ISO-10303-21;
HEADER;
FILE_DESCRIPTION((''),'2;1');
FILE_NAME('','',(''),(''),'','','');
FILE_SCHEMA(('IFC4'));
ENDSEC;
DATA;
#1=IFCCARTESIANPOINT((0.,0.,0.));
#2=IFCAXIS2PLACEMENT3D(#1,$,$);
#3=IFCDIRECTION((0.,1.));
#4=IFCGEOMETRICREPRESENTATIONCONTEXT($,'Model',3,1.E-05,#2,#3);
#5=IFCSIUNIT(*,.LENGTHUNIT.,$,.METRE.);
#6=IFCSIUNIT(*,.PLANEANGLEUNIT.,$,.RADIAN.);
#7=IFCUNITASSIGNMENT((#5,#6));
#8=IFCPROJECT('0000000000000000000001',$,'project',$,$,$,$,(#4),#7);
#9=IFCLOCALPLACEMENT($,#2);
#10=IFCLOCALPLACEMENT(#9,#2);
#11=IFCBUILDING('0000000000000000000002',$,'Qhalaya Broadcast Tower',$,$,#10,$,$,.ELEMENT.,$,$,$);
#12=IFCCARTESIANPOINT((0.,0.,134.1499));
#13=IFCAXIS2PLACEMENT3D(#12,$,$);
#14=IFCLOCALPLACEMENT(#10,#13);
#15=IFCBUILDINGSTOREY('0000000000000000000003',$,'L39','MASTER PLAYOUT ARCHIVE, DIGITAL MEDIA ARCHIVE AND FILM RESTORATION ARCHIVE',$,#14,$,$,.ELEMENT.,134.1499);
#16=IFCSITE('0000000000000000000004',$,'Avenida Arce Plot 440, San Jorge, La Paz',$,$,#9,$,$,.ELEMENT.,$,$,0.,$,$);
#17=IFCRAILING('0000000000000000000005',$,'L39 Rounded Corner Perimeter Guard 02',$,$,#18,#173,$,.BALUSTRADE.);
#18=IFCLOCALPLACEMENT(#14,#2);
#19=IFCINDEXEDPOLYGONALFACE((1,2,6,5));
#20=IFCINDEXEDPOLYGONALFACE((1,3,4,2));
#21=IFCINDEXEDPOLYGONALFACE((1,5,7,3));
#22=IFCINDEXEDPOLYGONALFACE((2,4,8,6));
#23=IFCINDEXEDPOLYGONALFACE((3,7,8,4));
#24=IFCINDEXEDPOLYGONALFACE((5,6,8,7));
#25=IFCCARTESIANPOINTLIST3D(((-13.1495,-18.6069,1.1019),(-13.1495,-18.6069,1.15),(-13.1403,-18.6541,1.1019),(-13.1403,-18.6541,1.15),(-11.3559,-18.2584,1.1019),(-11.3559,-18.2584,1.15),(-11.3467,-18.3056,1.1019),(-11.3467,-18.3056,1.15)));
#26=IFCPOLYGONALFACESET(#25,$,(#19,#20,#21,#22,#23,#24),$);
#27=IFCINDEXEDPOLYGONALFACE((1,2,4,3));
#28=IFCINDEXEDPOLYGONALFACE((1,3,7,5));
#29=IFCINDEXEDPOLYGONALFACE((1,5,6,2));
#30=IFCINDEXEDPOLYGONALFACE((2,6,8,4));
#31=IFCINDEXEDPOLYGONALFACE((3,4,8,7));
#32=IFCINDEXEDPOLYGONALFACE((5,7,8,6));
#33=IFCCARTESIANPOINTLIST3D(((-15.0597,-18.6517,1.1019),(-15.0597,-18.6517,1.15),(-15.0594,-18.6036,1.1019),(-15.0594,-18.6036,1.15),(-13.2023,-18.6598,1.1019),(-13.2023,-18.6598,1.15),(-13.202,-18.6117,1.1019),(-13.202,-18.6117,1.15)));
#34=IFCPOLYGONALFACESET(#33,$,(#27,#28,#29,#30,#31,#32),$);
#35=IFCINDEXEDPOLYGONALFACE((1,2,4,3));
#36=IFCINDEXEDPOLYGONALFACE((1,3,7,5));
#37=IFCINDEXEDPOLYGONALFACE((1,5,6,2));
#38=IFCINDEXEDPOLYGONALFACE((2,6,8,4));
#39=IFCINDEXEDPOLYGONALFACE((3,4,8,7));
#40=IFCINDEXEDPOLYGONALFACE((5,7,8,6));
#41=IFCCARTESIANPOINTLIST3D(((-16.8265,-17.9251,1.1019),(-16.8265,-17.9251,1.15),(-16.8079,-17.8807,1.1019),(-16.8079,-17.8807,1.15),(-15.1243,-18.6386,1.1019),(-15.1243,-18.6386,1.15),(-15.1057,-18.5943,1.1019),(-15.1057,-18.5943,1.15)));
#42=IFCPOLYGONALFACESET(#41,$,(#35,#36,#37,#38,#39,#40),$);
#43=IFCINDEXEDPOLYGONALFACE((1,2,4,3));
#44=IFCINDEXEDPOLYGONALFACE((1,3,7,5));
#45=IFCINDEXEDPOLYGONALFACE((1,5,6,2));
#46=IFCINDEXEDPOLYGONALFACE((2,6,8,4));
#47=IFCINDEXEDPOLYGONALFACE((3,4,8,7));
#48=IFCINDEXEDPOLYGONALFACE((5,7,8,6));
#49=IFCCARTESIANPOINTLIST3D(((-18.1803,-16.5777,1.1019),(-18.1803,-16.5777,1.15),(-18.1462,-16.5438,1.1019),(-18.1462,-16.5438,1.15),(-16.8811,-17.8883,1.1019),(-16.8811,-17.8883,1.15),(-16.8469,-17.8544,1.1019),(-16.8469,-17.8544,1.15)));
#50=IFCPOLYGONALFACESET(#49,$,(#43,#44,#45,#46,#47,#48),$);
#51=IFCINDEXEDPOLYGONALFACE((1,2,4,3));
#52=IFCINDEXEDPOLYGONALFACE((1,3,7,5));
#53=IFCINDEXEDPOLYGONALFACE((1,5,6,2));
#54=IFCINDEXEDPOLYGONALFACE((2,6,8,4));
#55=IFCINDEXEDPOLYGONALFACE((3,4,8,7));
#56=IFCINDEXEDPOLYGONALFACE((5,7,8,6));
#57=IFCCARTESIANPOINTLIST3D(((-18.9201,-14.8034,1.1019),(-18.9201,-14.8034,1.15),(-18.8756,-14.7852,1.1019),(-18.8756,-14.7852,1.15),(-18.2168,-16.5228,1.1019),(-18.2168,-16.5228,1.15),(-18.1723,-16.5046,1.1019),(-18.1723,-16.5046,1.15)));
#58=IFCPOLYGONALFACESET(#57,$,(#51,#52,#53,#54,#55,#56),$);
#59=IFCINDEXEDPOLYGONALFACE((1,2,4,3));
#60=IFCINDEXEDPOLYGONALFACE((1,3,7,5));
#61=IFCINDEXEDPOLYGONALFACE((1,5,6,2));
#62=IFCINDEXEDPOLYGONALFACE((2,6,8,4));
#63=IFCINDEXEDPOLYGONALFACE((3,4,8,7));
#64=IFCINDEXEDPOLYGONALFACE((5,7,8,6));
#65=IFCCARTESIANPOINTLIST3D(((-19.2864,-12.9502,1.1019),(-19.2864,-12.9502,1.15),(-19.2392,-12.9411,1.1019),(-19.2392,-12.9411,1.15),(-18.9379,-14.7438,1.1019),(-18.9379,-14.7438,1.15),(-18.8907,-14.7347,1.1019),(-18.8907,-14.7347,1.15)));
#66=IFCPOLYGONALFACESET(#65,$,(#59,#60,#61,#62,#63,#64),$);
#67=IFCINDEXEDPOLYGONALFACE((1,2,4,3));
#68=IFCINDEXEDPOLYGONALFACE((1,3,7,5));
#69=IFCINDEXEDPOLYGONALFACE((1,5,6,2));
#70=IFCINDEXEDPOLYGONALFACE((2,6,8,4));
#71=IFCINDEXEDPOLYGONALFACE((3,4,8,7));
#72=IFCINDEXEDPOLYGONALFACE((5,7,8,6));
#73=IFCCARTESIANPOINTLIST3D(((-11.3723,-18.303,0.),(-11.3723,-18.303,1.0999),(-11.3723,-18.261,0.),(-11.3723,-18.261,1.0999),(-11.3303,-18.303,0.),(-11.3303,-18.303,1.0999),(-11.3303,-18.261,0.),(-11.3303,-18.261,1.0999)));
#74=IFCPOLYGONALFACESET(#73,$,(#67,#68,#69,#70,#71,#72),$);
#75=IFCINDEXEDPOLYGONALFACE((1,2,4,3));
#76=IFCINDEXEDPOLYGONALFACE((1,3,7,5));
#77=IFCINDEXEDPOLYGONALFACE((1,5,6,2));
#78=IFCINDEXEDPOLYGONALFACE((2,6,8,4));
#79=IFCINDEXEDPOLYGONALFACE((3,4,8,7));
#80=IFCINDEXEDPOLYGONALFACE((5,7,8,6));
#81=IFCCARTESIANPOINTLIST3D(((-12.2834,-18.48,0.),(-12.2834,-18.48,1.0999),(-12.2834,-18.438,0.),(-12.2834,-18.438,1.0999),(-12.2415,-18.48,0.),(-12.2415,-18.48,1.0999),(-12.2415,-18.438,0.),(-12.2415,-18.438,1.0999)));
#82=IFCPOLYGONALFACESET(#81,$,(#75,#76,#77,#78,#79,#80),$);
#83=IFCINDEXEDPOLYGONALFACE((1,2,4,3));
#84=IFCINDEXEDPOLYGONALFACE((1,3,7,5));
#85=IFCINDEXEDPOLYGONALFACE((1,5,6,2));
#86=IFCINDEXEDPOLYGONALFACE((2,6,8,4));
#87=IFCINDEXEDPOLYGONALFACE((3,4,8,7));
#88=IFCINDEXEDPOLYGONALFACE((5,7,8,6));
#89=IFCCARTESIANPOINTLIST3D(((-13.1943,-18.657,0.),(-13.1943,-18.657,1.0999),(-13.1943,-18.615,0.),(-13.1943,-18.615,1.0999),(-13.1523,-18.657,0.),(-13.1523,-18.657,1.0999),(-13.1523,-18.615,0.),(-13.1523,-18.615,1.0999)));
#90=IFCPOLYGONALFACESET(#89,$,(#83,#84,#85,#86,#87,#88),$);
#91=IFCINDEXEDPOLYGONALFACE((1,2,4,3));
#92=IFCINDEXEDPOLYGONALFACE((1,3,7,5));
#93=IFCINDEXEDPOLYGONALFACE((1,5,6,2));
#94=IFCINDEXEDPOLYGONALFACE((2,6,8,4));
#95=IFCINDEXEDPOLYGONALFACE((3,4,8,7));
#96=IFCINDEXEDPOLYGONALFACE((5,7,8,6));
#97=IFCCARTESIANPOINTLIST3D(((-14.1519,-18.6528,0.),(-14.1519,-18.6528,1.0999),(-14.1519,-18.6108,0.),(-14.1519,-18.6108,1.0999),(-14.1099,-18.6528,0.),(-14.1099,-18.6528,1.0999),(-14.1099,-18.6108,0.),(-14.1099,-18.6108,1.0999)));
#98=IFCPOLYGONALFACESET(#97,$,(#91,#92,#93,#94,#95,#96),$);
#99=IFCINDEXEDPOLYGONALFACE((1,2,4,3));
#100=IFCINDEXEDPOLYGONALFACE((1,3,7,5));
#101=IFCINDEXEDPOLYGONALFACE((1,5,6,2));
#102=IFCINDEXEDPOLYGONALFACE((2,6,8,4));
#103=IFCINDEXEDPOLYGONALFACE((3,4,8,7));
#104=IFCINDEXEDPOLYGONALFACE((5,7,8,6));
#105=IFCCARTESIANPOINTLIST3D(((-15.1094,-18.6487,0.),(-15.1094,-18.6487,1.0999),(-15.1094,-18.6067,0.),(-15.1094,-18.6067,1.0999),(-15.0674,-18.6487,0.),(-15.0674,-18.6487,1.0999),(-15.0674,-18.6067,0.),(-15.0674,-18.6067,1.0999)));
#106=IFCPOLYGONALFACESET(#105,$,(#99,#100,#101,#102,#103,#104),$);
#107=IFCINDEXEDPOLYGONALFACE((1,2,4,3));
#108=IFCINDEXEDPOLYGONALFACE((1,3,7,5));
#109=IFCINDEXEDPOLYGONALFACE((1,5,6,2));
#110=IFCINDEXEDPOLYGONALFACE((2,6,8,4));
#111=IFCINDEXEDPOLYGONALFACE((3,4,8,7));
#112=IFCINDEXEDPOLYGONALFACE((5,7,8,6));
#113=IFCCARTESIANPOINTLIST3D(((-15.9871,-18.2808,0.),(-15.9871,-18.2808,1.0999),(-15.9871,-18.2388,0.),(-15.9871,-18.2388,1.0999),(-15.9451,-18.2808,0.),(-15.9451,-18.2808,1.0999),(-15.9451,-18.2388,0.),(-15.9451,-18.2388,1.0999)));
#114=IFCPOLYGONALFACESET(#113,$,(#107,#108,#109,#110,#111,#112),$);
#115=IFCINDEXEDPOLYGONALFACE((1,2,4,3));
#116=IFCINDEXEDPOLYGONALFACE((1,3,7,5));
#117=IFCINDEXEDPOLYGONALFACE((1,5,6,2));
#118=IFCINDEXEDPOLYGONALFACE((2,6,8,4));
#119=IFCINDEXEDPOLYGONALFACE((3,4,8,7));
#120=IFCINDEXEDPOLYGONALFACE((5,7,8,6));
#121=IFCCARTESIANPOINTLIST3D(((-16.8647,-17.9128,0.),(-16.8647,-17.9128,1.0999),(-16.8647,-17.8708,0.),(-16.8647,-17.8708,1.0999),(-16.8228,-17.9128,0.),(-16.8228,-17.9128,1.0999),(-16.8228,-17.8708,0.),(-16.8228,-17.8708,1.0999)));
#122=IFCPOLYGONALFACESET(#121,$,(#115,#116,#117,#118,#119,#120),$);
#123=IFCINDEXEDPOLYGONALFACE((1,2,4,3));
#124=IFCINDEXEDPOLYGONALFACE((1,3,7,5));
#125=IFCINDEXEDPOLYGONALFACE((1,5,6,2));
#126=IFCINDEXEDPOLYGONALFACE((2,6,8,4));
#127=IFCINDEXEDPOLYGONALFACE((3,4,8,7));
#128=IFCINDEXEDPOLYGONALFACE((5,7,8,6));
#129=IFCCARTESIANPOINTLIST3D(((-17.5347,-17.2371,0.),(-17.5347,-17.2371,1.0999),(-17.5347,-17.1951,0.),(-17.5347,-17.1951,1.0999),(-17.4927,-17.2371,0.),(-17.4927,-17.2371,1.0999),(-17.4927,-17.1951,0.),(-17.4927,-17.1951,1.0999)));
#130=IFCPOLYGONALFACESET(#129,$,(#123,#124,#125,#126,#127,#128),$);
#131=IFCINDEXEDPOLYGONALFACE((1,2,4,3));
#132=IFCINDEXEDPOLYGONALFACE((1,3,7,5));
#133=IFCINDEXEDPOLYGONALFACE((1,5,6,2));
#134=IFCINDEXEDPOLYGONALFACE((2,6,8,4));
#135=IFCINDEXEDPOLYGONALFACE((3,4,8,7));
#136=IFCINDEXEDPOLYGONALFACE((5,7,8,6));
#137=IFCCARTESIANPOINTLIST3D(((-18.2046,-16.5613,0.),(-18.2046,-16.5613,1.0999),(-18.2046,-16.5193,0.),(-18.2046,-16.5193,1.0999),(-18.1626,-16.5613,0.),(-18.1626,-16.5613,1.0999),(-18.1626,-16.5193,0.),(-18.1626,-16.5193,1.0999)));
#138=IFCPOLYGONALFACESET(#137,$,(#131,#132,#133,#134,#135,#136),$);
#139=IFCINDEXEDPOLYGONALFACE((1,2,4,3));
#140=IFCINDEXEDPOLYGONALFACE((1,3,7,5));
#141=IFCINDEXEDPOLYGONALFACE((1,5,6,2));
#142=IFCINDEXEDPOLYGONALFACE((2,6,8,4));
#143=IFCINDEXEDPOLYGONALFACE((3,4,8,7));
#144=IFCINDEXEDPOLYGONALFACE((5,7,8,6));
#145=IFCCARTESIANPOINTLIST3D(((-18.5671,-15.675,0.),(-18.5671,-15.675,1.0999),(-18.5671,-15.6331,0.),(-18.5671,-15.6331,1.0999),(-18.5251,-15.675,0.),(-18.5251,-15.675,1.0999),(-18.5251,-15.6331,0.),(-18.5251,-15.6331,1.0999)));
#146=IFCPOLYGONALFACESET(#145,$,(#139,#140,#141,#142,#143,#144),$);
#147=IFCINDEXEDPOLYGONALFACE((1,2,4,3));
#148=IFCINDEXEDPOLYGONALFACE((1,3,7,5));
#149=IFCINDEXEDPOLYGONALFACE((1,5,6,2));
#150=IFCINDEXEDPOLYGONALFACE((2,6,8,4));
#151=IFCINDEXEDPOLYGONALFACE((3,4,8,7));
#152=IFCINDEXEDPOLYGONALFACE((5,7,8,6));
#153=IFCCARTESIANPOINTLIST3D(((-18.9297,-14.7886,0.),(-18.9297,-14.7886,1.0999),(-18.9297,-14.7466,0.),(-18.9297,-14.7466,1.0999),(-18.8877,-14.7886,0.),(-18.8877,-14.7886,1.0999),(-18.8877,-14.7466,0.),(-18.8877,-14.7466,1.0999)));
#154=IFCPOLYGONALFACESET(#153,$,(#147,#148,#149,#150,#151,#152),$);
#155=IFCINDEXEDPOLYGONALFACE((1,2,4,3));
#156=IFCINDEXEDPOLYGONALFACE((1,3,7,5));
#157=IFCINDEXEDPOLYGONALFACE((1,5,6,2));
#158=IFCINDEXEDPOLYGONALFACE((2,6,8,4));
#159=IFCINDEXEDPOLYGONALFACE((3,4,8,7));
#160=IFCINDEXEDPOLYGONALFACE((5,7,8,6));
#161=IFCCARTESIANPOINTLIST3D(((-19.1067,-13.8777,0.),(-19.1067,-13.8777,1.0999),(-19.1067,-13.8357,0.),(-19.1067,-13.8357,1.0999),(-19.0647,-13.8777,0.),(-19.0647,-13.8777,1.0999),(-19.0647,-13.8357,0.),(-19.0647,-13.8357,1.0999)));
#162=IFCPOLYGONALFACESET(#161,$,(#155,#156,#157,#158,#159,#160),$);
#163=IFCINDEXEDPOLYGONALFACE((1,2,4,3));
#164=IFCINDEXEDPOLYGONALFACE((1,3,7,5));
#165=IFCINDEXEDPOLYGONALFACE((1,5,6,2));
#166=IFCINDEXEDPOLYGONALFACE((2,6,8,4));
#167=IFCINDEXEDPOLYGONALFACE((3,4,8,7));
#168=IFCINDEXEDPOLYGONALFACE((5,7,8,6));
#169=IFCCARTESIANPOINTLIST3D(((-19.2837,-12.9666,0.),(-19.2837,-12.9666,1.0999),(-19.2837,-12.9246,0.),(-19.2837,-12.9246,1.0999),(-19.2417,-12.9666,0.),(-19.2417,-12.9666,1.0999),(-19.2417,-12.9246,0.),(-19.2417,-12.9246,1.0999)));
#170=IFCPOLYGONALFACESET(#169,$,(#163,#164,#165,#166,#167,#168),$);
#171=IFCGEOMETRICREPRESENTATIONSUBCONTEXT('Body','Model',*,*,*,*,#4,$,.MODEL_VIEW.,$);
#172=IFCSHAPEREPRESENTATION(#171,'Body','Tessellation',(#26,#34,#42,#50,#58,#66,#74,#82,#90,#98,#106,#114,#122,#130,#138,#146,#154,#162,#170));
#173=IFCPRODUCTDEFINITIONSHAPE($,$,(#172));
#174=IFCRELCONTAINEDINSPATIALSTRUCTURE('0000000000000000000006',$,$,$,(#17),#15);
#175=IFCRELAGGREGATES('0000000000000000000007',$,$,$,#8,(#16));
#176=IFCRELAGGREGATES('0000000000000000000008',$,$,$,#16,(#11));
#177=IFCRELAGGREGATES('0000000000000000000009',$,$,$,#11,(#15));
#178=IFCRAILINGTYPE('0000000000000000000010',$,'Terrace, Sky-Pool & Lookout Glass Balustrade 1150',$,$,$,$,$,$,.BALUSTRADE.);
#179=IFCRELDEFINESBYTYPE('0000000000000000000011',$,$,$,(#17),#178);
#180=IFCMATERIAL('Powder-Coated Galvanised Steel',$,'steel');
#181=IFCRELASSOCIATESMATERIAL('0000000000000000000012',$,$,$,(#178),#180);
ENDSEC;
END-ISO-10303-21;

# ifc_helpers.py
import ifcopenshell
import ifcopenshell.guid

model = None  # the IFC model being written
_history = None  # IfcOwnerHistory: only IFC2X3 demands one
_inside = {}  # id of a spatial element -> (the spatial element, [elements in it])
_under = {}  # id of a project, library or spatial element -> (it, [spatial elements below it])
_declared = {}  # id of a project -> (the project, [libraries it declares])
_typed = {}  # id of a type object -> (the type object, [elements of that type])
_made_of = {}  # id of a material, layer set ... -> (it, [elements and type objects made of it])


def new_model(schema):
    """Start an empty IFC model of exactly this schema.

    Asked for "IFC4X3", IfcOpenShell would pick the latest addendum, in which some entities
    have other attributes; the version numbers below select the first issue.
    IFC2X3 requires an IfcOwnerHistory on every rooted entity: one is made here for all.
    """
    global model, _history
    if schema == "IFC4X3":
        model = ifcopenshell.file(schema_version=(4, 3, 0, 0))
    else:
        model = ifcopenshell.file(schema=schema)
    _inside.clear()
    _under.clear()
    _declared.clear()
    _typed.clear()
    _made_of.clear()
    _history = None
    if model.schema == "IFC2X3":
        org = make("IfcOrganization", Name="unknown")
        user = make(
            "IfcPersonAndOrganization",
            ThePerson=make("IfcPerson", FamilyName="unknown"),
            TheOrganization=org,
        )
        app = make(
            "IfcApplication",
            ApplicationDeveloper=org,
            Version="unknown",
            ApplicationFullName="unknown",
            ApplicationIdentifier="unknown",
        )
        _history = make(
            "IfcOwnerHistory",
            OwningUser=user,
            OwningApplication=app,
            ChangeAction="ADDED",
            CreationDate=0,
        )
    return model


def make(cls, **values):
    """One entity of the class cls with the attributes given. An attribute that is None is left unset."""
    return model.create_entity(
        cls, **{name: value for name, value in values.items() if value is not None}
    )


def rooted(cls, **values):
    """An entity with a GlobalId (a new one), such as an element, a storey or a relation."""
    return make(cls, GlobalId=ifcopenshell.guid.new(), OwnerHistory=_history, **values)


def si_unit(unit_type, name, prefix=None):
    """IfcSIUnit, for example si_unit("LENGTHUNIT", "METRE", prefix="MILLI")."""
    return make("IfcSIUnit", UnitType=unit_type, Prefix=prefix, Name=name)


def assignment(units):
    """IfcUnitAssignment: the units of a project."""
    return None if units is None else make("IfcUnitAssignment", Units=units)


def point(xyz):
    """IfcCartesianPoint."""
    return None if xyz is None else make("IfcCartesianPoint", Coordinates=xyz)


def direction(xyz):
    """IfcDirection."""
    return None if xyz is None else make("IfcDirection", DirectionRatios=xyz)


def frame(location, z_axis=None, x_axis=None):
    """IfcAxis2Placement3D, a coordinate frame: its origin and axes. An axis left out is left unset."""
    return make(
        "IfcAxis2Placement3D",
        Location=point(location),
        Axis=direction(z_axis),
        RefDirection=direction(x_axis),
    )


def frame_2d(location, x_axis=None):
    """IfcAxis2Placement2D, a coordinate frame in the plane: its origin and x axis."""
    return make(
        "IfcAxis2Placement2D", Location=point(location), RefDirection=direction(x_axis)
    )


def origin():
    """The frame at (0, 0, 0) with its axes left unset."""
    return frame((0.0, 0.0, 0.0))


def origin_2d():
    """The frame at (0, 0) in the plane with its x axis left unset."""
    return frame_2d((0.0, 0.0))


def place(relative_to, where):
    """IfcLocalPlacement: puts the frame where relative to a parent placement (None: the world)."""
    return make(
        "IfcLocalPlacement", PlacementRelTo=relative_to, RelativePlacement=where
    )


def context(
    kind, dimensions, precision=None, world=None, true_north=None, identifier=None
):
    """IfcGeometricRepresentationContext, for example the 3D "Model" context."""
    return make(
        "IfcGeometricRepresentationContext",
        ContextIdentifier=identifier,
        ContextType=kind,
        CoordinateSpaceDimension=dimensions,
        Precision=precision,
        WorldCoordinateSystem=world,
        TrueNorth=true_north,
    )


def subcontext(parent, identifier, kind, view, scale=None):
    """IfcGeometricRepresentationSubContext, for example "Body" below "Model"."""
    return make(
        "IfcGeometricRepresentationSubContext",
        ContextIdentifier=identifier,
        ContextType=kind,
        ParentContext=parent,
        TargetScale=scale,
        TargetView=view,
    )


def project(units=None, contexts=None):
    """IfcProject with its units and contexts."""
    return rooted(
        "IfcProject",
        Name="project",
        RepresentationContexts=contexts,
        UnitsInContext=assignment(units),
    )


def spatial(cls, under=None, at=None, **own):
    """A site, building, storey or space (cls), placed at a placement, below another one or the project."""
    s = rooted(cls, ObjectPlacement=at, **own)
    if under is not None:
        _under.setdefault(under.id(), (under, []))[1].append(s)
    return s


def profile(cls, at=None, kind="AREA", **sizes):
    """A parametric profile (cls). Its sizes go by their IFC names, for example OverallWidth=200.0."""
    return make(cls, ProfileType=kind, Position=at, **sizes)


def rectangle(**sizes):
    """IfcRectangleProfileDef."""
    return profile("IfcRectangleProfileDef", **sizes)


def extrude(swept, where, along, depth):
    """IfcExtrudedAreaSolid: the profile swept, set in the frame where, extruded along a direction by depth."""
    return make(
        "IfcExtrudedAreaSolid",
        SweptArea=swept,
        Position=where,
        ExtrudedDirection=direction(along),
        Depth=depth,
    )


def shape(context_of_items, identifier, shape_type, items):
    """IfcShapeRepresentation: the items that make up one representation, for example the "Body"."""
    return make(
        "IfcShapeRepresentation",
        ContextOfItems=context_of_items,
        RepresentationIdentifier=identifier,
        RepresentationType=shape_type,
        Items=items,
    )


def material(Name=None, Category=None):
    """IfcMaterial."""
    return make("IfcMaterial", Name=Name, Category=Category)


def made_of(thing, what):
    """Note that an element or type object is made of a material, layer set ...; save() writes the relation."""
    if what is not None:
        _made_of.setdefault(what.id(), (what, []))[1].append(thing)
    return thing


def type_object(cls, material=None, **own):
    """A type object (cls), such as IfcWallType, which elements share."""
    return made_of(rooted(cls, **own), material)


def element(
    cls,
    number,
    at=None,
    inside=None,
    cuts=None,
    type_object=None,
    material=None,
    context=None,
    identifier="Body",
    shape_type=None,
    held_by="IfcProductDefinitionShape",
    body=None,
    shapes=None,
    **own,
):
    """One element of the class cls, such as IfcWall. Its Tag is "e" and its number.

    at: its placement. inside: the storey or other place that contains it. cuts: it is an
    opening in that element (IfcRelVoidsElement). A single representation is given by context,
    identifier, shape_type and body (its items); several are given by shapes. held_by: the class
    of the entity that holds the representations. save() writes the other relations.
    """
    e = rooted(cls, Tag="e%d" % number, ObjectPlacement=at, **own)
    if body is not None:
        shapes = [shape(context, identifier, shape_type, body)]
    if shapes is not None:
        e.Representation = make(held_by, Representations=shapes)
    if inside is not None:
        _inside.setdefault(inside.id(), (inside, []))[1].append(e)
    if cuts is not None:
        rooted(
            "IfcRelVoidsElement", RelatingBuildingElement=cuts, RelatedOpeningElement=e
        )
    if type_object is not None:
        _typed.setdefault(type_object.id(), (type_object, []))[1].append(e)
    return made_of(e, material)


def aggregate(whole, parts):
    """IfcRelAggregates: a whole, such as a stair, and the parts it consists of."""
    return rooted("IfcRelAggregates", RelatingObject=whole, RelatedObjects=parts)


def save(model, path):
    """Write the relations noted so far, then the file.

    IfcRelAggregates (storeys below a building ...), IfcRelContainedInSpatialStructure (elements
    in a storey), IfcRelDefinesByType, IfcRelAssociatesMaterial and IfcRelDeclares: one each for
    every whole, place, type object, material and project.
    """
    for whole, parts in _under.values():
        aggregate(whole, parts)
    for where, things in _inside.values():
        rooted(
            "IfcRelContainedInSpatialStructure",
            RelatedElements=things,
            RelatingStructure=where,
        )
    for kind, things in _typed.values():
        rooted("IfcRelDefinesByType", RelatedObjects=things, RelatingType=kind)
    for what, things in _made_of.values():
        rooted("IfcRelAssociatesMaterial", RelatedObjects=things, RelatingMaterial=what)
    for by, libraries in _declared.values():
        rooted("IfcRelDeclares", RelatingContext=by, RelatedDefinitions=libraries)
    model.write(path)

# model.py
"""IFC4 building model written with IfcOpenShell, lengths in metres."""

from ifc_helpers import new_model, si_unit, direction, frame, origin, origin_2d, place, context, subcontext, project, spatial, rectangle, extrude, material, type_object, element, save


model = new_model("IFC4")

# Units and contexts
model_context = context("Model", 3, precision=1e-05, world=origin(), true_north=direction((0.0, 1.0)))
body_context = subcontext(model_context, "Body", "Model", "MODEL_VIEW")
ifc_project = project(units=[si_unit("LENGTHUNIT", "METRE"), si_unit("PLANEANGLEUNIT", "RADIAN")], contexts=[model_context])

# Site, building, storey
site_placement = place(None, origin())
site = spatial("IfcSite", under=ifc_project, at=site_placement, Name="Avenida Arce Plot 440, San Jorge, La Paz", CompositionType="ELEMENT", RefElevation=0.0)
building_placement = place(site_placement, origin())
building = spatial("IfcBuilding", under=site, at=building_placement, Name="Qhalaya Broadcast Tower", CompositionType="ELEMENT")
storey_placement = place(building_placement, frame((0.0, 0.0, 134.1499)))
storey = spatial("IfcBuildingStorey", under=building, at=storey_placement, Name="L39", Description="MASTER PLAYOUT ARCHIVE, DIGITAL MEDIA ARCHIVE AND FILM RESTORATION ARCHIVE", CompositionType="ELEMENT", Elevation=134.1499)

# Railing
ifc_material_1 = material(Name="Powder-Coated Galvanised Steel", Category="steel")
railing_type = type_object("IfcRailingType", Name="Terrace, Sky-Pool & Lookout Glass Balustrade 1150", PredefinedType="BALUSTRADE", material=ifc_material_1)
railing_placement = place(storey_placement, frame((-11.3513, -18.282, 0.0)))
element("IfcRailing", 1, at=railing_placement, inside=storey, type_object=railing_type, Name="L39 Rounded Corner Perimeter Guard 02", PredefinedType="BALUSTRADE", context=body_context, shape_type="SweptSolid", body=[
    extrude(rectangle(XDim=0.0481, YDim=0.0481, at=origin_2d()), frame((0.0, 0.0, 1.126), z_axis=(-0.981643, -0.190725, 0.0), x_axis=(0.190725, -0.981643, 0.0)), (0.0, 0.0, 1.0), 1.8271),
    extrude(rectangle(XDim=0.0481, YDim=0.0481, at=origin_2d()), frame((-1.8508, -0.3538, 1.126), z_axis=(-0.999991, 0.004334, 0.0), x_axis=(-0.004334, -0.999991, 0.0)), (0.0, 0.0, 1.0), 1.8574),
    extrude(rectangle(XDim=0.0481, YDim=0.0481, at=origin_2d()), frame((-3.7637, -0.3345, 1.126), z_axis=(-0.922247, 0.3866, 0.0), x_axis=(-0.3866, -0.922247, 0.0)), (0.0, 0.0, 1.0), 1.8457),
    extrude(rectangle(XDim=0.0481, YDim=0.0481, at=origin_2d()), frame((-5.5127, 0.4106, 1.126), z_axis=(-0.704021, 0.710179, 0.0), x_axis=(-0.710179, -0.704021, 0.0)), (0.0, 0.0, 1.0), 1.8455),
    extrude(rectangle(XDim=0.0481, YDim=0.0481, at=origin_2d()), frame((-6.8433, 1.7683, 1.126), z_axis=(-0.378588, 0.925565, 0.0), x_axis=(-0.925565, -0.378588, 0.0)), (0.0, 0.0, 1.0), 1.8577),
    extrude(rectangle(XDim=0.0481, YDim=0.0481, at=origin_2d()), frame((-7.563, 3.5427, 1.126), z_axis=(-0.190725, 0.981643, 0.0), x_axis=(-0.981643, -0.190725, 0.0)), (0.0, 0.0, 1.0), 1.8271),
    extrude(rectangle(XDim=0.042, YDim=0.042, at=origin_2d()), origin(), (0.0, 0.0, 1.0), 1.0999),
    extrude(rectangle(XDim=0.042, YDim=0.042, at=origin_2d()), frame((-0.9111, -0.177, 0.0)), (0.0, 0.0, 1.0), 1.0999),
    extrude(rectangle(XDim=0.042, YDim=0.042, at=origin_2d()), frame((-1.822, -0.354, 0.0)), (0.0, 0.0, 1.0), 1.0999),
    extrude(rectangle(XDim=0.042, YDim=0.042, at=origin_2d()), frame((-2.7795, -0.3499, 0.0)), (0.0, 0.0, 1.0), 1.0999),
    extrude(rectangle(XDim=0.042, YDim=0.042, at=origin_2d()), frame((-3.7371, -0.3457, 0.0)), (0.0, 0.0, 1.0), 1.0999),
    extrude(rectangle(XDim=0.042, YDim=0.042, at=origin_2d()), frame((-4.6147, 0.0222, 0.0)), (0.0, 0.0, 1.0), 1.0999),
    extrude(rectangle(XDim=0.042, YDim=0.042, at=origin_2d()), frame((-5.4924, 0.3901, 0.0)), (0.0, 0.0, 1.0), 1.0999),
    extrude(rectangle(XDim=0.042, YDim=0.042, at=origin_2d()), frame((-6.1624, 1.0659, 0.0)), (0.0, 0.0, 1.0), 1.0999),
    extrude(rectangle(XDim=0.042, YDim=0.042, at=origin_2d()), frame((-6.8323, 1.7417, 0.0)), (0.0, 0.0, 1.0), 1.0999),
    extrude(rectangle(XDim=0.042, YDim=0.042, at=origin_2d()), frame((-7.1948, 2.6279, 0.0)), (0.0, 0.0, 1.0), 1.0999),
    extrude(rectangle(XDim=0.042, YDim=0.042, at=origin_2d()), frame((-7.5574, 3.5144, 0.0)), (0.0, 0.0, 1.0), 1.0999),
    extrude(rectangle(XDim=0.042, YDim=0.042, at=origin_2d()), frame((-7.7344, 4.4253, 0.0)), (0.0, 0.0, 1.0), 1.0999),
    extrude(rectangle(XDim=0.042, YDim=0.042, at=origin_2d()), frame((-7.9114, 5.3364, 0.0)), (0.0, 0.0, 1.0), 1.0999),
])

save(model, "model.ifc")
